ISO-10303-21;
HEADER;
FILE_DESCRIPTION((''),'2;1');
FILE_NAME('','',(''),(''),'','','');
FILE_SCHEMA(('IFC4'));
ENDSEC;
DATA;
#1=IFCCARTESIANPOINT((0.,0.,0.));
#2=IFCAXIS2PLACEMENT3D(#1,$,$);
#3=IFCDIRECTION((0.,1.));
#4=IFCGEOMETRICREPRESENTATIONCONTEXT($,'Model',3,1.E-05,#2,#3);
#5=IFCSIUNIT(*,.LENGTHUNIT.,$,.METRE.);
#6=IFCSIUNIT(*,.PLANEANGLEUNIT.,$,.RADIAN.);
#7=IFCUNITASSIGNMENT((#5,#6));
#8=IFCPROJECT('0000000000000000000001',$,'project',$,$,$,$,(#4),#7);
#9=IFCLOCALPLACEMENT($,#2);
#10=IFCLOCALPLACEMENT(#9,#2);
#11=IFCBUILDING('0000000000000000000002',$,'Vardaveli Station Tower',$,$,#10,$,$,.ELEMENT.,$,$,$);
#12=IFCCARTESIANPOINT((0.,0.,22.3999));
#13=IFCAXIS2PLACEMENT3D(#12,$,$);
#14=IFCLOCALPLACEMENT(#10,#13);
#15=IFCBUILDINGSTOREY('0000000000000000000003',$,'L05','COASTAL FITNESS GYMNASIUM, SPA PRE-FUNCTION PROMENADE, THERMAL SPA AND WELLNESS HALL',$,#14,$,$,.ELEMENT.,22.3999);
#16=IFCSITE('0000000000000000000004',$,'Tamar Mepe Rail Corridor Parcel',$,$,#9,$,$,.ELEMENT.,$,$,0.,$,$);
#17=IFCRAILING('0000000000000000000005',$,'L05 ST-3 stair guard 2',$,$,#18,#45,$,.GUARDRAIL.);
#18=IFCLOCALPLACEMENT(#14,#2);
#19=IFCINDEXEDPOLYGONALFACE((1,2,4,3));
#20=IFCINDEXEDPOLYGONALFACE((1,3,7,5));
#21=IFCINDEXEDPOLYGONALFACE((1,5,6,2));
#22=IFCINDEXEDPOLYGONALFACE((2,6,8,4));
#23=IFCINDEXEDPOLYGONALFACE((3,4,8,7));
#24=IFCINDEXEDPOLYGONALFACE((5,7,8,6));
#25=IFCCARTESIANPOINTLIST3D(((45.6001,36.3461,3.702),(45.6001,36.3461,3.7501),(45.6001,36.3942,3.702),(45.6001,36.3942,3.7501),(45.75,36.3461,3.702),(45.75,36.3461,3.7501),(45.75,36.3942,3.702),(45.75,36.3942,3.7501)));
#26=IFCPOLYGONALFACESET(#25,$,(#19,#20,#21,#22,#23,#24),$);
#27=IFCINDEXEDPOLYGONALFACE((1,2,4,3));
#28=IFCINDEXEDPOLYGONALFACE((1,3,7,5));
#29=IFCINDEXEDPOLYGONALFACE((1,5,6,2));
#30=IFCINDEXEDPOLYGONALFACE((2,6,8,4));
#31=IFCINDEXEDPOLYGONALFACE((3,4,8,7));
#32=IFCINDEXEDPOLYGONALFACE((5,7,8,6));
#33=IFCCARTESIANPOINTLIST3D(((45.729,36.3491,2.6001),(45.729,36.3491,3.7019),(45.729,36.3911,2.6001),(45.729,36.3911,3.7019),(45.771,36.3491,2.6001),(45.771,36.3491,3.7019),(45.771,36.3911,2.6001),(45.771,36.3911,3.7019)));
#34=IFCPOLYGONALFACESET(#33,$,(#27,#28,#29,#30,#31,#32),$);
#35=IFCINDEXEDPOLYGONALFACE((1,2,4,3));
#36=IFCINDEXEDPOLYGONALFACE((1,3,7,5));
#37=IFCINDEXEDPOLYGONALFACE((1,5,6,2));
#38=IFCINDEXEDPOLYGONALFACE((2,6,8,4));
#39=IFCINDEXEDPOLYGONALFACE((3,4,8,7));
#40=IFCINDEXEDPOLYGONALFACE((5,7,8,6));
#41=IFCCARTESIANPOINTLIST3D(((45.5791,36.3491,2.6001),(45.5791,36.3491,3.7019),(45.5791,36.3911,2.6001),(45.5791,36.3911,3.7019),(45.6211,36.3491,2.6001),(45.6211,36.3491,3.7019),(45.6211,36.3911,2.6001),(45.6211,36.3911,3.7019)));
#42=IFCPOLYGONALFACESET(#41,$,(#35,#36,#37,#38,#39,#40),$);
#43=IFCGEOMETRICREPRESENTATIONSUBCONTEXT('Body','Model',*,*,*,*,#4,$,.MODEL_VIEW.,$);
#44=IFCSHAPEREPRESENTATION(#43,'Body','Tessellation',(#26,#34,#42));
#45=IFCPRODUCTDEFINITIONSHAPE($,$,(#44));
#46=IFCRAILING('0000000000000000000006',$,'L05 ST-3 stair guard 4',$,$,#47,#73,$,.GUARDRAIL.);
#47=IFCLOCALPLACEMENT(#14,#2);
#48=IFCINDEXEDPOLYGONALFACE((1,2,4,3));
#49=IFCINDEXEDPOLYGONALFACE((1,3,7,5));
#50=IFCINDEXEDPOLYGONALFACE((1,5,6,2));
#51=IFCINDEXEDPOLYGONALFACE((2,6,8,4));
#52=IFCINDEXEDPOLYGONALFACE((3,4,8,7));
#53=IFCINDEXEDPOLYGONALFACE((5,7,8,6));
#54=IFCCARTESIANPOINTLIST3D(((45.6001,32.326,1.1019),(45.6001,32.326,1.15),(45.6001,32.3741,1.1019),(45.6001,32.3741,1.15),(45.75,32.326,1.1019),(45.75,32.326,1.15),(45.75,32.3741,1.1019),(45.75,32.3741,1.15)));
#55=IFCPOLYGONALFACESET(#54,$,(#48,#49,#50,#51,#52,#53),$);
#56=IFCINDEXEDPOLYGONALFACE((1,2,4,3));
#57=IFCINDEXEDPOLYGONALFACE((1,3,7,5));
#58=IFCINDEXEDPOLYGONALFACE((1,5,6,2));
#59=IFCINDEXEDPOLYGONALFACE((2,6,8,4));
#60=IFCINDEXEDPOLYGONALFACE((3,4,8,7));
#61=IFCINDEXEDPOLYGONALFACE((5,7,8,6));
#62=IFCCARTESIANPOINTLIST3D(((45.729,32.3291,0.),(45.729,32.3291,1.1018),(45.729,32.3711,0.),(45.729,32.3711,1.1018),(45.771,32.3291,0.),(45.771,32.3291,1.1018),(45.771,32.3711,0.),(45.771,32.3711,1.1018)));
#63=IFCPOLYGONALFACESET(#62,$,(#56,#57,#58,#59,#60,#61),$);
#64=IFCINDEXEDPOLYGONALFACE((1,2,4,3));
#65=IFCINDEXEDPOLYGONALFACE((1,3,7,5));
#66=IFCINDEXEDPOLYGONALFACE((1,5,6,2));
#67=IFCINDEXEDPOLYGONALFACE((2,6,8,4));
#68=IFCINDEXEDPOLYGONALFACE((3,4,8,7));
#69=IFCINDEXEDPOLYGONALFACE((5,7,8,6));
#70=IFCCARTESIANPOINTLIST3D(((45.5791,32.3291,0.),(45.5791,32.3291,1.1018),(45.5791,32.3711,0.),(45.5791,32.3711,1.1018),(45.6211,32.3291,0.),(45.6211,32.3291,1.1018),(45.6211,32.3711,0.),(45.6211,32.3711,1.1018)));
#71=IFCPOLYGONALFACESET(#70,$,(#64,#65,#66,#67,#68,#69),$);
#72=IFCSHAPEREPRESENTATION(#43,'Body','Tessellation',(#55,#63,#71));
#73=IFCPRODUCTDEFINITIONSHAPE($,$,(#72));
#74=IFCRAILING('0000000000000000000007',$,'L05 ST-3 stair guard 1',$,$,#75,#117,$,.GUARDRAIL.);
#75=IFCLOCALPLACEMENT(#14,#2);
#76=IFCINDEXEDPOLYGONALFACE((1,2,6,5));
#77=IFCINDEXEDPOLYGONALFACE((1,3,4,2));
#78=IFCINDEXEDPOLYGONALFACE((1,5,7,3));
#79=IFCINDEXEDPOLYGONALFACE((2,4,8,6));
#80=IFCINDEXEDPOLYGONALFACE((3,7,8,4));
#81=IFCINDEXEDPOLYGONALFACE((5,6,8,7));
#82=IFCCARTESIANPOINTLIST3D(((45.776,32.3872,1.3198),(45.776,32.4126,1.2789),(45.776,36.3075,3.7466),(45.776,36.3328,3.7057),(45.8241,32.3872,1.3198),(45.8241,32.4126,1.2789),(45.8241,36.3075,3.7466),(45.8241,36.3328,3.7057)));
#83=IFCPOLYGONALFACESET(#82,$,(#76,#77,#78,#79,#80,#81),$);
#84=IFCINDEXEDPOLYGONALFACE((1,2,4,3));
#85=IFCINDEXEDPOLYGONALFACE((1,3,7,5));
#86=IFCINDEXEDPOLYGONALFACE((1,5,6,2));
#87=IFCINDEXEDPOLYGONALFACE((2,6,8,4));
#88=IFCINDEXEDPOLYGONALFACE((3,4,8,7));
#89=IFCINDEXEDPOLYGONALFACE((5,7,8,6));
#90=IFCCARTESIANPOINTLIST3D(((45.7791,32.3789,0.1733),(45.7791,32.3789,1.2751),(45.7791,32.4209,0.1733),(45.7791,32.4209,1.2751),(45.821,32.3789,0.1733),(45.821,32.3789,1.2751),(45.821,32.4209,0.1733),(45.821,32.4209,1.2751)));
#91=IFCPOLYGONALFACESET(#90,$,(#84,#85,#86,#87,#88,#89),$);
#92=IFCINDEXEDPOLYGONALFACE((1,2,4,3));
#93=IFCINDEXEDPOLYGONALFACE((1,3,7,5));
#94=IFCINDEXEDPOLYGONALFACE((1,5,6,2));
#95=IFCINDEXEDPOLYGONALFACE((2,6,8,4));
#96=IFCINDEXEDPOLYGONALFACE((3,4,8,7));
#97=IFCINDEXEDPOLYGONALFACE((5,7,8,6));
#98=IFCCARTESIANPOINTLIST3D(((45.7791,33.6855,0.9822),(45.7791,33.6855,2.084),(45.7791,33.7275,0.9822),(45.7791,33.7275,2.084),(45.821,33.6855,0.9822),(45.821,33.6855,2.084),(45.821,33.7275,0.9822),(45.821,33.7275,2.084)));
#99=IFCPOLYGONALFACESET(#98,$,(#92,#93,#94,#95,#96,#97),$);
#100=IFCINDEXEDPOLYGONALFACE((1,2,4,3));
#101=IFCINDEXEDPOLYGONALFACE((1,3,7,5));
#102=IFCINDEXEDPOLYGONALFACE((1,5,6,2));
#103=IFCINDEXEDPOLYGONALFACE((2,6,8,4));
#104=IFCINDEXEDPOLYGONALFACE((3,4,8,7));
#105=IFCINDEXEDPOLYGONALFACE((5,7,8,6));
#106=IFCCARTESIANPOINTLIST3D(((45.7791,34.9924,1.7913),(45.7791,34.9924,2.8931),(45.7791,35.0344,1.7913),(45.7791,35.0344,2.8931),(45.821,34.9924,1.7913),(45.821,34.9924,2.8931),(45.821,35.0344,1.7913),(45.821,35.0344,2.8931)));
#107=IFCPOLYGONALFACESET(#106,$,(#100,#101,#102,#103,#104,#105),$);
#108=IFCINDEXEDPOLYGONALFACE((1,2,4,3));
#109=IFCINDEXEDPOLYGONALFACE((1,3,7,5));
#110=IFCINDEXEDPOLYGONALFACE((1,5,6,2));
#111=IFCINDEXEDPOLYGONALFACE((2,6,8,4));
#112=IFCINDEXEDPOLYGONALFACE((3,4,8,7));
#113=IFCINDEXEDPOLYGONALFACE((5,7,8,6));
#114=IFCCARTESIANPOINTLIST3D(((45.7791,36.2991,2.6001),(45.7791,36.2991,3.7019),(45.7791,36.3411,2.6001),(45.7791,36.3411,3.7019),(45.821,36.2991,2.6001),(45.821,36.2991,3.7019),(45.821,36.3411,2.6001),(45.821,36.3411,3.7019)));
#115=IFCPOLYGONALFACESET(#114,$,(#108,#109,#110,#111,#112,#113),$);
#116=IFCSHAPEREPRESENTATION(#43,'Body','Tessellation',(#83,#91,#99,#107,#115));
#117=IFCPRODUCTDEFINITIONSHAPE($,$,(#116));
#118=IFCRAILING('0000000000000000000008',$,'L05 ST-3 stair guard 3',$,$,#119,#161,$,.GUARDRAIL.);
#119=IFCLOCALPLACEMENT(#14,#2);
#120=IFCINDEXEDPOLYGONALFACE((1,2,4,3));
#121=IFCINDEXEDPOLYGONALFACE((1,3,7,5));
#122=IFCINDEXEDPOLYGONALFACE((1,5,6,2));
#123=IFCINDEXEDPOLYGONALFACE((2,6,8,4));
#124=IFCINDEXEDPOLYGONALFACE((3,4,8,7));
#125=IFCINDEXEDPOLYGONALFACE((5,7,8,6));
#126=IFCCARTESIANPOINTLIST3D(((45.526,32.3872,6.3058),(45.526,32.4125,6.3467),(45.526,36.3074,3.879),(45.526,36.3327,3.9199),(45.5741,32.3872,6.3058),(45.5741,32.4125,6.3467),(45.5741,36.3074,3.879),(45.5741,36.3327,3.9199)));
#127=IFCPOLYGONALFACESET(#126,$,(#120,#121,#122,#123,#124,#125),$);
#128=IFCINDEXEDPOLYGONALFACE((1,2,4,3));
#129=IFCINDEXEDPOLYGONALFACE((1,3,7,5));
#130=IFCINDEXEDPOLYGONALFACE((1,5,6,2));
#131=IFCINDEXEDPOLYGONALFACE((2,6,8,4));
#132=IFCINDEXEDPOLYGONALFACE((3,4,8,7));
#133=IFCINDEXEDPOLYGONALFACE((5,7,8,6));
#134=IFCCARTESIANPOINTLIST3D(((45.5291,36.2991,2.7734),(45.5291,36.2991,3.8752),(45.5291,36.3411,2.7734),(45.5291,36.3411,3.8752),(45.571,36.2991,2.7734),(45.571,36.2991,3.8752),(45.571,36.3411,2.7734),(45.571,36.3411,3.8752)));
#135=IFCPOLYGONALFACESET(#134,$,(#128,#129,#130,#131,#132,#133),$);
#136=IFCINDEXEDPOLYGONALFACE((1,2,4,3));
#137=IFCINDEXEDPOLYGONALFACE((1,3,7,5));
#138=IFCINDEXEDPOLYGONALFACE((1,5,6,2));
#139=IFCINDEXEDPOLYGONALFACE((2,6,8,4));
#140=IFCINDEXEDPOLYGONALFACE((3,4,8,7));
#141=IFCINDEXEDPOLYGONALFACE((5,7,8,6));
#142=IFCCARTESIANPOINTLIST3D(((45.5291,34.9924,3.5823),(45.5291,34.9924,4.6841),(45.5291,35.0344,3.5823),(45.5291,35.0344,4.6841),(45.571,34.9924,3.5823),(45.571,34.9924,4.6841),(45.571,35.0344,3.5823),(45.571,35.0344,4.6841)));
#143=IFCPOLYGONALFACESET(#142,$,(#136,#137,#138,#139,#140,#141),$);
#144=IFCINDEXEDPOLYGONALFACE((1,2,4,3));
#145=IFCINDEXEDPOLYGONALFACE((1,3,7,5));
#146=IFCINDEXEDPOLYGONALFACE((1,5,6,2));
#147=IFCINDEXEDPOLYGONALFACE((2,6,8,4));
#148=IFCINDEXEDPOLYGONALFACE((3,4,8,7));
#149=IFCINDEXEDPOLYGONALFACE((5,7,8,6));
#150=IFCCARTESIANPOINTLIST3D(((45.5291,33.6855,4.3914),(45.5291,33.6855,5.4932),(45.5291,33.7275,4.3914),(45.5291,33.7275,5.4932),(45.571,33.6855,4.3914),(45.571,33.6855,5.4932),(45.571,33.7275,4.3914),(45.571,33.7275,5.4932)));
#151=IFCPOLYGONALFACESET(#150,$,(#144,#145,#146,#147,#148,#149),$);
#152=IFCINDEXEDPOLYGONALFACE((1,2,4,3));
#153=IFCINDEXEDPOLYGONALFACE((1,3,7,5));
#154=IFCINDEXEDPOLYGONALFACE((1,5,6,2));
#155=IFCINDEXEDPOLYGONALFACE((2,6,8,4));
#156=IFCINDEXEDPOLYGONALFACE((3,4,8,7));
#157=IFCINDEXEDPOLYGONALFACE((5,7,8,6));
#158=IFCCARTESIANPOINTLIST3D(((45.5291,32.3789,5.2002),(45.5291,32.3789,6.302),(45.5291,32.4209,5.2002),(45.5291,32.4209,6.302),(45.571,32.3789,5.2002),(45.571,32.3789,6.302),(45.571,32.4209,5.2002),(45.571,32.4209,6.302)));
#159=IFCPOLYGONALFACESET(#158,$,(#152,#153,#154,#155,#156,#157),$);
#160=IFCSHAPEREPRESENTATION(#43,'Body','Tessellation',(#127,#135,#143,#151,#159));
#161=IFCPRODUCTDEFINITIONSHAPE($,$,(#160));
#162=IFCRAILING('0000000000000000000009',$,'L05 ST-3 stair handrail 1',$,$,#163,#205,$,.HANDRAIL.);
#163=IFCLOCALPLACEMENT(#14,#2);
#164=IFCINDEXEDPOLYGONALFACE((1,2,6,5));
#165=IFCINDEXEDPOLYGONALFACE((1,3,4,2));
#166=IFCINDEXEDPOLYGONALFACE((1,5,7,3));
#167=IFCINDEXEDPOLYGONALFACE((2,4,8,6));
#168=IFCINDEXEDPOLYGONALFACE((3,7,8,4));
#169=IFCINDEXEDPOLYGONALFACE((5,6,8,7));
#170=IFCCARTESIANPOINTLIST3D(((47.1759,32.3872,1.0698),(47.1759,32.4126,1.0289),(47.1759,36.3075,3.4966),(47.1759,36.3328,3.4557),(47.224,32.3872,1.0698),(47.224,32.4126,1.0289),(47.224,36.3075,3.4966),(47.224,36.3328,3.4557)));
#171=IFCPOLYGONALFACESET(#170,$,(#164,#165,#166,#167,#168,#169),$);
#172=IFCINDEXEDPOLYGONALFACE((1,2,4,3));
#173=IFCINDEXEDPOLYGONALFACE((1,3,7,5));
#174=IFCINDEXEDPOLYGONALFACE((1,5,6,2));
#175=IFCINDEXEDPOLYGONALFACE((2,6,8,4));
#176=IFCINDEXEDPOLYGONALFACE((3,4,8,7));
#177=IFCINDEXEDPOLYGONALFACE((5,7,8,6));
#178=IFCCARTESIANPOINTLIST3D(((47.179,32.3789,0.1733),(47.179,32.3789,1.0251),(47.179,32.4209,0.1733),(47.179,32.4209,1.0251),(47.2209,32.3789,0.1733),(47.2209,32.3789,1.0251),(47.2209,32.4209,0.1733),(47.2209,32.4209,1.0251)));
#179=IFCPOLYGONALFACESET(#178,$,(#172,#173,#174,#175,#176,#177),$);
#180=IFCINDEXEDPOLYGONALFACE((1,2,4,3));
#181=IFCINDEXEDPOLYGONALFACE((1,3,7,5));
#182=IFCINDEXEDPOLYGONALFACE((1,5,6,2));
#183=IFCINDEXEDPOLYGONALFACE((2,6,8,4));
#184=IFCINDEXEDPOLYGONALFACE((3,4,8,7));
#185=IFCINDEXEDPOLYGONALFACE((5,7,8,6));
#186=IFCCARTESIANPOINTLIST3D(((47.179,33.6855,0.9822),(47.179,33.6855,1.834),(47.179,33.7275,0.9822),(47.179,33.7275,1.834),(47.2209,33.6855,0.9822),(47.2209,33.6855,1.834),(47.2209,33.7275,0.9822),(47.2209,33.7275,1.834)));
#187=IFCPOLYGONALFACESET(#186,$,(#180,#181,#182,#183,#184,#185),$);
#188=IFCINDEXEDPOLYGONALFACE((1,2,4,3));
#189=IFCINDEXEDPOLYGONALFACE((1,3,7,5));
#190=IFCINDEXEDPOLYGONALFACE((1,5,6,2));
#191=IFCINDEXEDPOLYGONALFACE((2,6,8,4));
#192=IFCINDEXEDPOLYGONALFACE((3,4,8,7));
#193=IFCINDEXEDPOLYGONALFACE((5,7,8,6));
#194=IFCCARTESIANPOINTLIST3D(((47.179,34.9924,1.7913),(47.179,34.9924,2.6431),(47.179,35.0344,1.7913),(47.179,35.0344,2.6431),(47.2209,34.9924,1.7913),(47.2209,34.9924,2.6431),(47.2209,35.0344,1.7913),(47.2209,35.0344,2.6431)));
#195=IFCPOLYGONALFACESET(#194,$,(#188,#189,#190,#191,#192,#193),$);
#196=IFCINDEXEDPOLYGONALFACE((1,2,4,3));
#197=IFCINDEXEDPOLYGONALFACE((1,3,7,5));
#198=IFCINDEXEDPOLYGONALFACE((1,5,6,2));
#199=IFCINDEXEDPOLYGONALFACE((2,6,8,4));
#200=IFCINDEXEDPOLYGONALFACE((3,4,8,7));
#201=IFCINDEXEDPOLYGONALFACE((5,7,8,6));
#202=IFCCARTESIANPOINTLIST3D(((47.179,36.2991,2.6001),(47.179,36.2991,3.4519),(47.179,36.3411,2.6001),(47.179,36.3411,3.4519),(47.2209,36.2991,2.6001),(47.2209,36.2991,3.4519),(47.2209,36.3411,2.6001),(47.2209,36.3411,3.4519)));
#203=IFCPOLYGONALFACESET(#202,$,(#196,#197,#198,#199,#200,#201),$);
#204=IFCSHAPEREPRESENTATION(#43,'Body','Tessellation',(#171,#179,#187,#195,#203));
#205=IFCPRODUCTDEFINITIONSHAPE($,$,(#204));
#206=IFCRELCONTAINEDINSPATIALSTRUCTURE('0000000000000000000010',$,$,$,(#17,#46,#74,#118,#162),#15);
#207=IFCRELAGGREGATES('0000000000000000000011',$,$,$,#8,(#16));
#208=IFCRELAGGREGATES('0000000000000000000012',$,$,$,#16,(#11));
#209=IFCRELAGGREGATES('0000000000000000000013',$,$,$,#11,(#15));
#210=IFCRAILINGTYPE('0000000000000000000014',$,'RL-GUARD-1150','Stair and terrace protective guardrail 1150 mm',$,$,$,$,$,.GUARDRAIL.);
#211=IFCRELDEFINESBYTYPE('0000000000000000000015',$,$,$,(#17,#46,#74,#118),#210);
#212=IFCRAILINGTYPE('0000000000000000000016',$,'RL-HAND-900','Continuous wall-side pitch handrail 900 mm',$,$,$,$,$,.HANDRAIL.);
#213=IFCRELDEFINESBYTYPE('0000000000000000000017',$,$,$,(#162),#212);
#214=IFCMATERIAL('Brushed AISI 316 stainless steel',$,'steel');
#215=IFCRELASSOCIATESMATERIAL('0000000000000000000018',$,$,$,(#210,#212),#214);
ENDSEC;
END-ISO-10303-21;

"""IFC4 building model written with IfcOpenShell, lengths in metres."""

from ifc_helpers import new_model, si_unit, direction, frame, origin, origin_2d, place, context, subcontext, project, spatial, rectangle, extrude, source, transform, mapped, material, type_object, element, save


model = new_model("IFC4")

# Units and contexts
model_context = context("Model", 3, precision=1e-05, world=origin(), true_north=direction((0.0, 1.0)))
body_context = subcontext(model_context, "Body", "Model", "MODEL_VIEW")
ifc_project = project(units=[si_unit("LENGTHUNIT", "METRE"), si_unit("PLANEANGLEUNIT", "RADIAN")], contexts=[model_context])

# Site, building, storey
site_placement = place(None, origin())
site = spatial("IfcSite", under=ifc_project, at=site_placement, Name="Tamar Mepe Rail Corridor Parcel", CompositionType="ELEMENT", RefElevation=0.0)
building_placement = place(site_placement, origin())
building = spatial("IfcBuilding", under=site, at=building_placement, Name="Vardaveli Station Tower", CompositionType="ELEMENT")
storey_placement = place(building_placement, frame((0.0, 0.0, 22.3999)))
storey = spatial("IfcBuildingStorey", under=building, at=storey_placement, Name="L05", Description="COASTAL FITNESS GYMNASIUM, SPA PRE-FUNCTION PROMENADE, THERMAL SPA AND WELLNESS HALL", CompositionType="ELEMENT", Elevation=22.3999)

# Railings
ifc_material_1 = material(Name="Brushed AISI 316 stainless steel", Category="steel")
railing_type_1 = type_object("IfcRailingType", Name="RL-GUARD-1150", Description="Stair and terrace protective guardrail 1150 mm", PredefinedType="GUARDRAIL", material=ifc_material_1)
shared_shape_1 = source(origin(), body_context, "Body", "SweptSolid", [
    extrude(rectangle(XDim=0.0481, YDim=0.0481, at=origin_2d()), frame((0.0, 0.0, 1.126), z_axis=(-1.0, 0.0, 0.0), x_axis=(0.0, -1.0, 0.0)), (0.0, 0.0, 1.0), 0.1499),
    extrude(rectangle(XDim=0.042, YDim=0.042, at=origin_2d()), origin(), (0.0, 0.0, 1.0), 1.1018),
    extrude(rectangle(XDim=0.042, YDim=0.042, at=origin_2d()), frame((-0.1499, 0.0, 0.0)), (0.0, 0.0, 1.0), 1.1018),
])
for number, where, name in (
    (1, (45.75, 36.3701, 2.6001), "L05 ST-3 stair guard 2"),
    (2, (45.75, 32.3501, 0.0), "L05 ST-3 stair guard 4"),
):
    element("IfcRailing", number, at=place(storey_placement, frame(where)), inside=storey, type_object=railing_type_1, Name=name, PredefinedType="GUARDRAIL", context=body_context, shape_type="MappedRepresentation", body=[
        mapped(shared_shape_1, transform((0.0, 0.0, 0.0), scale=1.0)),
    ])
shared_shape_2 = source(origin(), body_context, "Body", "SweptSolid", [
    extrude(rectangle(XDim=0.0481, YDim=0.0481, at=origin_2d()), frame((0.0, 0.0, 1.126), z_axis=(0.0, 0.850266, 0.526353), x_axis=(-1.0, 0.0, 0.0)), (0.0, 0.0, 1.0), 4.6106),
    extrude(rectangle(XDim=0.042, YDim=0.042, at=origin_2d()), origin(), (0.0, 0.0, 1.0), 1.1018),
    extrude(rectangle(XDim=0.042, YDim=0.042, at=origin_2d()), frame((0.0, 1.3066, 0.8088)), (0.0, 0.0, 1.0), 1.1018),
    extrude(rectangle(XDim=0.042, YDim=0.042, at=origin_2d()), frame((0.0, 2.6135, 1.6179)), (0.0, 0.0, 1.0), 1.1018),
    extrude(rectangle(XDim=0.042, YDim=0.042, at=origin_2d()), frame((0.0, 3.9202, 2.4268)), (0.0, 0.0, 1.0), 1.1018),
])
railing_1_placement = place(storey_placement, frame((45.8, 32.3999, 0.1733)))
element("IfcRailing", 3, at=railing_1_placement, inside=storey, type_object=railing_type_1, Name="L05 ST-3 stair guard 1", PredefinedType="GUARDRAIL", context=body_context, shape_type="MappedRepresentation", body=[
    mapped(shared_shape_2, transform((0.0, 0.0, 0.0), scale=1.0)),
])
shared_shape_3 = source(origin(), body_context, "Body", "SweptSolid", [
    extrude(rectangle(XDim=0.0481, YDim=0.0481, at=origin_2d()), frame((0.0, 0.0, 1.126), z_axis=(0.0, -0.850266, 0.526353), x_axis=(1.0, 0.0, 0.0)), (0.0, 0.0, 1.0), 4.6106),
    extrude(rectangle(XDim=0.042, YDim=0.042, at=origin_2d()), origin(), (0.0, 0.0, 1.0), 1.1018),
    extrude(rectangle(XDim=0.042, YDim=0.042, at=origin_2d()), frame((0.0, -1.3066, 0.8088)), (0.0, 0.0, 1.0), 1.1018),
    extrude(rectangle(XDim=0.042, YDim=0.042, at=origin_2d()), frame((0.0, -2.6135, 1.6179)), (0.0, 0.0, 1.0), 1.1018),
    extrude(rectangle(XDim=0.042, YDim=0.042, at=origin_2d()), frame((0.0, -3.9202, 2.4268)), (0.0, 0.0, 1.0), 1.1018),
])
railing_2_placement = place(storey_placement, frame((45.55, 36.3201, 2.7734)))
element("IfcRailing", 4, at=railing_2_placement, inside=storey, type_object=railing_type_1, Name="L05 ST-3 stair guard 3", PredefinedType="GUARDRAIL", context=body_context, shape_type="MappedRepresentation", body=[
    mapped(shared_shape_3, transform((0.0, 0.0, 0.0), scale=1.0)),
])
railing_type_2 = type_object("IfcRailingType", Name="RL-HAND-900", Description="Continuous wall-side pitch handrail 900 mm", PredefinedType="HANDRAIL", material=ifc_material_1)
shared_shape_4 = source(origin(), body_context, "Body", "SweptSolid", [
    extrude(rectangle(XDim=0.0481, YDim=0.0481, at=origin_2d()), frame((0.0, 0.0, 0.876), z_axis=(0.0, 0.850266, 0.526353), x_axis=(-1.0, 0.0, 0.0)), (0.0, 0.0, 1.0), 4.6106),
    extrude(rectangle(XDim=0.042, YDim=0.042, at=origin_2d()), origin(), (0.0, 0.0, 1.0), 0.8518),
    extrude(rectangle(XDim=0.042, YDim=0.042, at=origin_2d()), frame((0.0, 1.3066, 0.8088)), (0.0, 0.0, 1.0), 0.8518),
    extrude(rectangle(XDim=0.042, YDim=0.042, at=origin_2d()), frame((0.0, 2.6135, 1.6179)), (0.0, 0.0, 1.0), 0.8518),
    extrude(rectangle(XDim=0.042, YDim=0.042, at=origin_2d()), frame((0.0, 3.9202, 2.4268)), (0.0, 0.0, 1.0), 0.8518),
])
railing_3_placement = place(storey_placement, frame((47.2, 32.3999, 0.1733)))
element("IfcRailing", 5, at=railing_3_placement, inside=storey, type_object=railing_type_2, Name="L05 ST-3 stair handrail 1", PredefinedType="HANDRAIL", context=body_context, shape_type="MappedRepresentation", body=[
    mapped(shared_shape_4, transform((0.0, 0.0, 0.0), scale=1.0)),
])

save(model, "model.ifc")
